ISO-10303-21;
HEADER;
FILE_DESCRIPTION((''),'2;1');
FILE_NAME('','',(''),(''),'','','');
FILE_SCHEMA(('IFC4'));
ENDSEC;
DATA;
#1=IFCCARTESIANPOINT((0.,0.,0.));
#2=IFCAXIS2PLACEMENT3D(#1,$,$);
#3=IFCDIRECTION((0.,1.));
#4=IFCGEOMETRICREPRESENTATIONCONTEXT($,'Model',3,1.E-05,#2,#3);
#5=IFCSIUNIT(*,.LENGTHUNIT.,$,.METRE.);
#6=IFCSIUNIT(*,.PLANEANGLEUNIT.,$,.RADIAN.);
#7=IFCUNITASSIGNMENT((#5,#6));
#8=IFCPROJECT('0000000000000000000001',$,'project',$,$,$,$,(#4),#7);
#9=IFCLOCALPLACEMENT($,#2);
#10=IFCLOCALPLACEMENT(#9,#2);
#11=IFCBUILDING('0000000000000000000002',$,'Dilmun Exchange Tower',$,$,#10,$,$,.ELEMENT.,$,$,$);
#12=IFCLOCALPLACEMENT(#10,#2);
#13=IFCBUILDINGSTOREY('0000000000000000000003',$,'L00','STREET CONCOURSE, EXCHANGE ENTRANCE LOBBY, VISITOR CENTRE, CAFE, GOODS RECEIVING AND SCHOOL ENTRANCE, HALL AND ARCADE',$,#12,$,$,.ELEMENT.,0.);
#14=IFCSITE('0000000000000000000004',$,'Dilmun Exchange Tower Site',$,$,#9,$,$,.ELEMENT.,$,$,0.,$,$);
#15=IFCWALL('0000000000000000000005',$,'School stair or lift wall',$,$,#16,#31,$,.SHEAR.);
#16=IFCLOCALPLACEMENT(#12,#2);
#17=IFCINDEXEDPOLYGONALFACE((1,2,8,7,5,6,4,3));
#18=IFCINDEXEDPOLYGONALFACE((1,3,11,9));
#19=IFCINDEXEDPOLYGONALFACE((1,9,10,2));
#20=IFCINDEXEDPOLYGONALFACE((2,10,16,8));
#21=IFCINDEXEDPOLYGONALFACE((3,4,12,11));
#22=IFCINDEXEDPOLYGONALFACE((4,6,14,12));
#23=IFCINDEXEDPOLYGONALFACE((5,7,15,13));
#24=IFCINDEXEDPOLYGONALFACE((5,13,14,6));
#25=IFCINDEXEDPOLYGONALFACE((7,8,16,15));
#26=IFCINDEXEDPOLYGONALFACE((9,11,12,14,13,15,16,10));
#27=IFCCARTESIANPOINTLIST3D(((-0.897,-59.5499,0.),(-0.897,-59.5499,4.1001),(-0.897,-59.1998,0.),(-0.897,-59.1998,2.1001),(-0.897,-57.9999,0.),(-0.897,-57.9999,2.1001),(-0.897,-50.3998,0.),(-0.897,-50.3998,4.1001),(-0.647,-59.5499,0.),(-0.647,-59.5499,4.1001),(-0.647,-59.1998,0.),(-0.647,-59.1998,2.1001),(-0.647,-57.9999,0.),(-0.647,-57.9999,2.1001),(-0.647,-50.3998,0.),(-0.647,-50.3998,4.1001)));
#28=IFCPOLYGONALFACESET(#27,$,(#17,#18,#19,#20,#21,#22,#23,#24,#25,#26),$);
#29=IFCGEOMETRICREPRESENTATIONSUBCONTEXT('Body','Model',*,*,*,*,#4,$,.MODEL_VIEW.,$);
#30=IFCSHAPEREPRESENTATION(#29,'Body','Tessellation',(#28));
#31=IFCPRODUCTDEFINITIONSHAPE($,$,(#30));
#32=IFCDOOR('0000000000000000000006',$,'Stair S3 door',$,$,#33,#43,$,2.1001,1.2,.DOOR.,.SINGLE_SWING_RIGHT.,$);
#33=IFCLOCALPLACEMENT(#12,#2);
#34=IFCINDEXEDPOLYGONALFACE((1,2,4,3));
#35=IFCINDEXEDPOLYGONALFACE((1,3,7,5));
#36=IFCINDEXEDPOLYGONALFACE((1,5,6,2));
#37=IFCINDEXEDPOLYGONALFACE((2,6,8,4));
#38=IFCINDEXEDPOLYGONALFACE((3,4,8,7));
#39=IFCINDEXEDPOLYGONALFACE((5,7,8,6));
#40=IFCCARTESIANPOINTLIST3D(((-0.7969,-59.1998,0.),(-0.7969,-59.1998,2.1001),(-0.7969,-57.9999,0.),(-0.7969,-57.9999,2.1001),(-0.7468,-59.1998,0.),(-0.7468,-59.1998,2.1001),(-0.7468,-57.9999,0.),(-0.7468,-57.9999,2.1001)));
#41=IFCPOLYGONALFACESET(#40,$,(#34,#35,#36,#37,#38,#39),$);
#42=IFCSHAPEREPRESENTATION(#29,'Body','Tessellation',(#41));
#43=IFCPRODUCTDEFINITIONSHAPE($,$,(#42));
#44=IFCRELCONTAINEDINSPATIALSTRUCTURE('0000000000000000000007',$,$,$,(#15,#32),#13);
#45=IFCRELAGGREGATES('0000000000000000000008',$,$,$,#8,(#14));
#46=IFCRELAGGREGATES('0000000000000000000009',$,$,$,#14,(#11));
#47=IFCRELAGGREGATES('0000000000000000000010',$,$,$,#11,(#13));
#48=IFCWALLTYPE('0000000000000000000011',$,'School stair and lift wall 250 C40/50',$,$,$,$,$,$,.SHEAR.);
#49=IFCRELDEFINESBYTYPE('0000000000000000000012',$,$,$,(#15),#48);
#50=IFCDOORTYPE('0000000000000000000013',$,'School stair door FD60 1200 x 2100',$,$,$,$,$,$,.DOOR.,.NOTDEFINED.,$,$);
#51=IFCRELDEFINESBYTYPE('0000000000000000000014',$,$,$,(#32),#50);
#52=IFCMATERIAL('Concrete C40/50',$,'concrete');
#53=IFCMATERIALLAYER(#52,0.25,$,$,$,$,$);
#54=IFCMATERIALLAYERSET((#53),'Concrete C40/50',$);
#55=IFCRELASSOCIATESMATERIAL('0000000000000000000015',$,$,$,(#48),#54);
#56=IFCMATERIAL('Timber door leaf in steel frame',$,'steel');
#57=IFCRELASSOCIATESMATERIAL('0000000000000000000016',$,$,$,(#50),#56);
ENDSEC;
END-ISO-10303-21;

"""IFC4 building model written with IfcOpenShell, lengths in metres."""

from ifc_helpers import new_model, si_unit, direction, frame, frame_2d, origin, place, context, subcontext, project, spatial, rectangle, extrude, material, layer, layer_set, type_object, element, fill, save


model = new_model("IFC4")

# Units and contexts
model_context = context("Model", 3, precision=1e-05, world=origin(), true_north=direction((0.0, 1.0)))
body_context = subcontext(model_context, "Body", "Model", "MODEL_VIEW")
ifc_project = project(units=[si_unit("LENGTHUNIT", "METRE"), si_unit("PLANEANGLEUNIT", "RADIAN")], contexts=[model_context])

# Site, building, storey
site_placement = place(None, origin())
site = spatial("IfcSite", under=ifc_project, at=site_placement, Name="Dilmun Exchange Tower Site", CompositionType="ELEMENT", RefElevation=0.0)
building_placement = place(site_placement, origin())
building = spatial("IfcBuilding", under=site, at=building_placement, Name="Dilmun Exchange Tower", CompositionType="ELEMENT")
storey_placement = place(building_placement, origin())
storey = spatial("IfcBuildingStorey", under=building, at=storey_placement, Name="L00", Description="STREET CONCOURSE, EXCHANGE ENTRANCE LOBBY, VISITOR CENTRE, CAFE, GOODS RECEIVING AND SCHOOL ENTRANCE, HALL AND ARCADE", CompositionType="ELEMENT", Elevation=0.0)

# Shared definitions
ifc_material_1 = material(Name="Concrete C40/50", Category="concrete")

# Shared definitions
ifc_layer_1 = layer(ifc_material_1, 0.25)
ifc_layer_set_1 = layer_set([ifc_layer_1], Name="Concrete C40/50")
wall_type_1 = type_object("IfcWallType", Name="School stair and lift wall 250 C40/50", PredefinedType="SHEAR", material=ifc_layer_set_1)

# Wall, opening, door
wall_1_placement = place(storey_placement, frame((-0.772, -59.55, 0.0), z_axis=(0.0, 0.0, 1.0), x_axis=(0.0, 1.0, 0.0)))
wall_1 = element("IfcWall", 1, at=wall_1_placement, inside=storey, type_object=wall_type_1, Name="School stair or lift wall", PredefinedType="SHEAR", context=body_context, shape_type="SweptSolid", body=[
    extrude(rectangle(XDim=9.1501, YDim=0.25, at=frame_2d((4.5752, 0.0))), origin(), (0.0, 0.0, 1.0), 4.1001),
])
opening_1_placement = place(wall_1_placement, frame((0.3501, 0.0, 0.0)))
opening_1 = element("IfcOpeningElement", 2, at=opening_1_placement, cuts=wall_1, PredefinedType="OPENING", context=body_context, shape_type="SweptSolid", body=[
    extrude(rectangle(XDim=1.2, YDim=2.1001, at=frame_2d((0.6001, 1.05))), frame((0.0, 0.135, 0.0), z_axis=(0.0, -1.0, 0.0), x_axis=(1.0, 0.0, 0.0)), (0.0, 0.0, 1.0), 0.27),
])
ifc_material_2 = material(Name="Timber door leaf in steel frame", Category="steel")
door_type = type_object("IfcDoorType", Name="School stair door FD60 1200 x 2100", OperationType="NOTDEFINED", PredefinedType="DOOR", material=ifc_material_2)
door_placement = place(opening_1_placement, origin())
door = element("IfcDoor", 3, at=door_placement, inside=storey, type_object=door_type, Name="Stair S3 door", OperationType="SINGLE_SWING_RIGHT", OverallHeight=2.1001, OverallWidth=1.2, PredefinedType="DOOR", context=body_context, shape_type="SweptSolid", body=[
    extrude(rectangle(XDim=1.2, YDim=2.1001, at=frame_2d((0.6001, 1.05))), frame((0.0, 0.0249, 0.0), z_axis=(0.0, -1.0, 0.0), x_axis=(1.0, 0.0, 0.0)), (0.0, 0.0, 1.0), 0.05),
])
fill(opening_1, door)

save(model, "model.ifc")
